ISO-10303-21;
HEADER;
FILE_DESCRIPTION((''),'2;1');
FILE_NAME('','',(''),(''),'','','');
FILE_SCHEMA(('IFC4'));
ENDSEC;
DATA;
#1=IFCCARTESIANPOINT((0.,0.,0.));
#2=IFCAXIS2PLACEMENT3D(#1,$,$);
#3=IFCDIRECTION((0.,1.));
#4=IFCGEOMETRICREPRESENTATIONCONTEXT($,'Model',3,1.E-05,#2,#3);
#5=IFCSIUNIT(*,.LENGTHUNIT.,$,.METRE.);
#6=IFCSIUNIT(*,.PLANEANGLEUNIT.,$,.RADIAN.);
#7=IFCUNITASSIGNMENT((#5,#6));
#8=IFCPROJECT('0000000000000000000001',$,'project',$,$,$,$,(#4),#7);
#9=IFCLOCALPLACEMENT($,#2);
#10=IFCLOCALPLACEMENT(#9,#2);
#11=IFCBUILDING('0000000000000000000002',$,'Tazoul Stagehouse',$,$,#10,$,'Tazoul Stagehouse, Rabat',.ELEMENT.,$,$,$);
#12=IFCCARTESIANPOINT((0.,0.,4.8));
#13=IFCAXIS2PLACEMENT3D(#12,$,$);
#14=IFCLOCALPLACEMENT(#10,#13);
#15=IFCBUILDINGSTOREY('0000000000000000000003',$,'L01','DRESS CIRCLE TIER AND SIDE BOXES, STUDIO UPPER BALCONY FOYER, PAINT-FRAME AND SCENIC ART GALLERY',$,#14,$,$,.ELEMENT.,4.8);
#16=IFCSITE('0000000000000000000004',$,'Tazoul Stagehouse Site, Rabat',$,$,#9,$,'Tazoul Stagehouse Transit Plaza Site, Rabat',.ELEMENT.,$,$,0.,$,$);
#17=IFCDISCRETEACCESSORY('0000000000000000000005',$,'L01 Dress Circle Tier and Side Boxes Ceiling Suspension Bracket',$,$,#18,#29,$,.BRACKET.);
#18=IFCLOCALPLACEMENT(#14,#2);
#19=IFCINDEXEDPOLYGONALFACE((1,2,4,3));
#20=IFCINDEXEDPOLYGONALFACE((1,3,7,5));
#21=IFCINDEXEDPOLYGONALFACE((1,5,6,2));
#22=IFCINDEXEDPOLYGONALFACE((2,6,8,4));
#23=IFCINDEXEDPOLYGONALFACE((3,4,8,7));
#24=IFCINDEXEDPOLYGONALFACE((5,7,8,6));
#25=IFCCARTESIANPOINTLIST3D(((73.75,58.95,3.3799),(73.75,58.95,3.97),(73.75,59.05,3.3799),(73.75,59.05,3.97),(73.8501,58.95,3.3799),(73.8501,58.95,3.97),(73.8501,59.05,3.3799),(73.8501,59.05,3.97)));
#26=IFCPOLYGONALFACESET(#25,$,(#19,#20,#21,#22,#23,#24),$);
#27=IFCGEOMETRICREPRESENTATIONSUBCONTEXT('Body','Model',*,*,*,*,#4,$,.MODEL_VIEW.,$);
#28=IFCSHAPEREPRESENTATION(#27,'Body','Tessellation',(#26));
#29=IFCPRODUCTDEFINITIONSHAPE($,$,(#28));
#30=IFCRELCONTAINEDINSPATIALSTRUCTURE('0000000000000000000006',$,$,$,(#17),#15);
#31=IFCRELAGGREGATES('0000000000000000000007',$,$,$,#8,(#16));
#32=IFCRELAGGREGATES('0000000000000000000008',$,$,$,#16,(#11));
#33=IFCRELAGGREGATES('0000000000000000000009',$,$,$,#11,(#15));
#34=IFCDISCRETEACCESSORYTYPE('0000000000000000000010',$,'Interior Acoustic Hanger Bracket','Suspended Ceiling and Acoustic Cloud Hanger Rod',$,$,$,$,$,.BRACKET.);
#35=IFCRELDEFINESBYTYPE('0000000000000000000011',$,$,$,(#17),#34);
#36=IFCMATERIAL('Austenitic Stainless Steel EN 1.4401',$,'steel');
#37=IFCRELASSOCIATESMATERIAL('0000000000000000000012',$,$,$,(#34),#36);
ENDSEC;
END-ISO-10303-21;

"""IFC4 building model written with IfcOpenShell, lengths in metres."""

from ifc_helpers import new_model, si_unit, direction, frame, origin, origin_2d, place, context, subcontext, project, spatial, rectangle, extrude, material, type_object, element, save


model = new_model("IFC4")

# Units and contexts
model_context = context("Model", 3, precision=1e-05, world=origin(), true_north=direction((0.0, 1.0)))
body_context = subcontext(model_context, "Body", "Model", "MODEL_VIEW")
ifc_project = project(units=[si_unit("LENGTHUNIT", "METRE"), si_unit("PLANEANGLEUNIT", "RADIAN")], contexts=[model_context])

# Site, building, storey
site_placement = place(None, origin())
site = spatial("IfcSite", under=ifc_project, at=site_placement, Name="Tazoul Stagehouse Site, Rabat", LongName="Tazoul Stagehouse Transit Plaza Site, Rabat", CompositionType="ELEMENT", RefElevation=0.0)
building_placement = place(site_placement, origin())
building = spatial("IfcBuilding", under=site, at=building_placement, Name="Tazoul Stagehouse", LongName="Tazoul Stagehouse, Rabat", CompositionType="ELEMENT")
storey_placement = place(building_placement, frame((0.0, 0.0, 4.8)))
storey = spatial("IfcBuildingStorey", under=building, at=storey_placement, Name="L01", Description="DRESS CIRCLE TIER AND SIDE BOXES, STUDIO UPPER BALCONY FOYER, PAINT-FRAME AND SCENIC ART GALLERY", CompositionType="ELEMENT", Elevation=4.8)

# Discrete accessory
ifc_material_1 = material(Name="Austenitic Stainless Steel EN 1.4401", Category="steel")
discrete_accessory_type = type_object("IfcDiscreteAccessoryType", Name="Interior Acoustic Hanger Bracket", Description="Suspended Ceiling and Acoustic Cloud Hanger Rod", PredefinedType="BRACKET", material=ifc_material_1)
discrete_accessory_placement = place(storey_placement, frame((73.8, 59.0, 3.3799), z_axis=(0.0, 0.0, 1.0), x_axis=(1.0, 0.0, 0.0)))
element("IfcDiscreteAccessory", 1, at=discrete_accessory_placement, inside=storey, type_object=discrete_accessory_type, Name="L01 Dress Circle Tier and Side Boxes Ceiling Suspension Bracket", PredefinedType="BRACKET", context=body_context, shape_type="SweptSolid", body=[
    extrude(rectangle(XDim=0.1001, YDim=0.1001, at=origin_2d()), origin(), (0.0, 0.0, 1.0), 0.5901),
])

save(model, "model.ifc")
